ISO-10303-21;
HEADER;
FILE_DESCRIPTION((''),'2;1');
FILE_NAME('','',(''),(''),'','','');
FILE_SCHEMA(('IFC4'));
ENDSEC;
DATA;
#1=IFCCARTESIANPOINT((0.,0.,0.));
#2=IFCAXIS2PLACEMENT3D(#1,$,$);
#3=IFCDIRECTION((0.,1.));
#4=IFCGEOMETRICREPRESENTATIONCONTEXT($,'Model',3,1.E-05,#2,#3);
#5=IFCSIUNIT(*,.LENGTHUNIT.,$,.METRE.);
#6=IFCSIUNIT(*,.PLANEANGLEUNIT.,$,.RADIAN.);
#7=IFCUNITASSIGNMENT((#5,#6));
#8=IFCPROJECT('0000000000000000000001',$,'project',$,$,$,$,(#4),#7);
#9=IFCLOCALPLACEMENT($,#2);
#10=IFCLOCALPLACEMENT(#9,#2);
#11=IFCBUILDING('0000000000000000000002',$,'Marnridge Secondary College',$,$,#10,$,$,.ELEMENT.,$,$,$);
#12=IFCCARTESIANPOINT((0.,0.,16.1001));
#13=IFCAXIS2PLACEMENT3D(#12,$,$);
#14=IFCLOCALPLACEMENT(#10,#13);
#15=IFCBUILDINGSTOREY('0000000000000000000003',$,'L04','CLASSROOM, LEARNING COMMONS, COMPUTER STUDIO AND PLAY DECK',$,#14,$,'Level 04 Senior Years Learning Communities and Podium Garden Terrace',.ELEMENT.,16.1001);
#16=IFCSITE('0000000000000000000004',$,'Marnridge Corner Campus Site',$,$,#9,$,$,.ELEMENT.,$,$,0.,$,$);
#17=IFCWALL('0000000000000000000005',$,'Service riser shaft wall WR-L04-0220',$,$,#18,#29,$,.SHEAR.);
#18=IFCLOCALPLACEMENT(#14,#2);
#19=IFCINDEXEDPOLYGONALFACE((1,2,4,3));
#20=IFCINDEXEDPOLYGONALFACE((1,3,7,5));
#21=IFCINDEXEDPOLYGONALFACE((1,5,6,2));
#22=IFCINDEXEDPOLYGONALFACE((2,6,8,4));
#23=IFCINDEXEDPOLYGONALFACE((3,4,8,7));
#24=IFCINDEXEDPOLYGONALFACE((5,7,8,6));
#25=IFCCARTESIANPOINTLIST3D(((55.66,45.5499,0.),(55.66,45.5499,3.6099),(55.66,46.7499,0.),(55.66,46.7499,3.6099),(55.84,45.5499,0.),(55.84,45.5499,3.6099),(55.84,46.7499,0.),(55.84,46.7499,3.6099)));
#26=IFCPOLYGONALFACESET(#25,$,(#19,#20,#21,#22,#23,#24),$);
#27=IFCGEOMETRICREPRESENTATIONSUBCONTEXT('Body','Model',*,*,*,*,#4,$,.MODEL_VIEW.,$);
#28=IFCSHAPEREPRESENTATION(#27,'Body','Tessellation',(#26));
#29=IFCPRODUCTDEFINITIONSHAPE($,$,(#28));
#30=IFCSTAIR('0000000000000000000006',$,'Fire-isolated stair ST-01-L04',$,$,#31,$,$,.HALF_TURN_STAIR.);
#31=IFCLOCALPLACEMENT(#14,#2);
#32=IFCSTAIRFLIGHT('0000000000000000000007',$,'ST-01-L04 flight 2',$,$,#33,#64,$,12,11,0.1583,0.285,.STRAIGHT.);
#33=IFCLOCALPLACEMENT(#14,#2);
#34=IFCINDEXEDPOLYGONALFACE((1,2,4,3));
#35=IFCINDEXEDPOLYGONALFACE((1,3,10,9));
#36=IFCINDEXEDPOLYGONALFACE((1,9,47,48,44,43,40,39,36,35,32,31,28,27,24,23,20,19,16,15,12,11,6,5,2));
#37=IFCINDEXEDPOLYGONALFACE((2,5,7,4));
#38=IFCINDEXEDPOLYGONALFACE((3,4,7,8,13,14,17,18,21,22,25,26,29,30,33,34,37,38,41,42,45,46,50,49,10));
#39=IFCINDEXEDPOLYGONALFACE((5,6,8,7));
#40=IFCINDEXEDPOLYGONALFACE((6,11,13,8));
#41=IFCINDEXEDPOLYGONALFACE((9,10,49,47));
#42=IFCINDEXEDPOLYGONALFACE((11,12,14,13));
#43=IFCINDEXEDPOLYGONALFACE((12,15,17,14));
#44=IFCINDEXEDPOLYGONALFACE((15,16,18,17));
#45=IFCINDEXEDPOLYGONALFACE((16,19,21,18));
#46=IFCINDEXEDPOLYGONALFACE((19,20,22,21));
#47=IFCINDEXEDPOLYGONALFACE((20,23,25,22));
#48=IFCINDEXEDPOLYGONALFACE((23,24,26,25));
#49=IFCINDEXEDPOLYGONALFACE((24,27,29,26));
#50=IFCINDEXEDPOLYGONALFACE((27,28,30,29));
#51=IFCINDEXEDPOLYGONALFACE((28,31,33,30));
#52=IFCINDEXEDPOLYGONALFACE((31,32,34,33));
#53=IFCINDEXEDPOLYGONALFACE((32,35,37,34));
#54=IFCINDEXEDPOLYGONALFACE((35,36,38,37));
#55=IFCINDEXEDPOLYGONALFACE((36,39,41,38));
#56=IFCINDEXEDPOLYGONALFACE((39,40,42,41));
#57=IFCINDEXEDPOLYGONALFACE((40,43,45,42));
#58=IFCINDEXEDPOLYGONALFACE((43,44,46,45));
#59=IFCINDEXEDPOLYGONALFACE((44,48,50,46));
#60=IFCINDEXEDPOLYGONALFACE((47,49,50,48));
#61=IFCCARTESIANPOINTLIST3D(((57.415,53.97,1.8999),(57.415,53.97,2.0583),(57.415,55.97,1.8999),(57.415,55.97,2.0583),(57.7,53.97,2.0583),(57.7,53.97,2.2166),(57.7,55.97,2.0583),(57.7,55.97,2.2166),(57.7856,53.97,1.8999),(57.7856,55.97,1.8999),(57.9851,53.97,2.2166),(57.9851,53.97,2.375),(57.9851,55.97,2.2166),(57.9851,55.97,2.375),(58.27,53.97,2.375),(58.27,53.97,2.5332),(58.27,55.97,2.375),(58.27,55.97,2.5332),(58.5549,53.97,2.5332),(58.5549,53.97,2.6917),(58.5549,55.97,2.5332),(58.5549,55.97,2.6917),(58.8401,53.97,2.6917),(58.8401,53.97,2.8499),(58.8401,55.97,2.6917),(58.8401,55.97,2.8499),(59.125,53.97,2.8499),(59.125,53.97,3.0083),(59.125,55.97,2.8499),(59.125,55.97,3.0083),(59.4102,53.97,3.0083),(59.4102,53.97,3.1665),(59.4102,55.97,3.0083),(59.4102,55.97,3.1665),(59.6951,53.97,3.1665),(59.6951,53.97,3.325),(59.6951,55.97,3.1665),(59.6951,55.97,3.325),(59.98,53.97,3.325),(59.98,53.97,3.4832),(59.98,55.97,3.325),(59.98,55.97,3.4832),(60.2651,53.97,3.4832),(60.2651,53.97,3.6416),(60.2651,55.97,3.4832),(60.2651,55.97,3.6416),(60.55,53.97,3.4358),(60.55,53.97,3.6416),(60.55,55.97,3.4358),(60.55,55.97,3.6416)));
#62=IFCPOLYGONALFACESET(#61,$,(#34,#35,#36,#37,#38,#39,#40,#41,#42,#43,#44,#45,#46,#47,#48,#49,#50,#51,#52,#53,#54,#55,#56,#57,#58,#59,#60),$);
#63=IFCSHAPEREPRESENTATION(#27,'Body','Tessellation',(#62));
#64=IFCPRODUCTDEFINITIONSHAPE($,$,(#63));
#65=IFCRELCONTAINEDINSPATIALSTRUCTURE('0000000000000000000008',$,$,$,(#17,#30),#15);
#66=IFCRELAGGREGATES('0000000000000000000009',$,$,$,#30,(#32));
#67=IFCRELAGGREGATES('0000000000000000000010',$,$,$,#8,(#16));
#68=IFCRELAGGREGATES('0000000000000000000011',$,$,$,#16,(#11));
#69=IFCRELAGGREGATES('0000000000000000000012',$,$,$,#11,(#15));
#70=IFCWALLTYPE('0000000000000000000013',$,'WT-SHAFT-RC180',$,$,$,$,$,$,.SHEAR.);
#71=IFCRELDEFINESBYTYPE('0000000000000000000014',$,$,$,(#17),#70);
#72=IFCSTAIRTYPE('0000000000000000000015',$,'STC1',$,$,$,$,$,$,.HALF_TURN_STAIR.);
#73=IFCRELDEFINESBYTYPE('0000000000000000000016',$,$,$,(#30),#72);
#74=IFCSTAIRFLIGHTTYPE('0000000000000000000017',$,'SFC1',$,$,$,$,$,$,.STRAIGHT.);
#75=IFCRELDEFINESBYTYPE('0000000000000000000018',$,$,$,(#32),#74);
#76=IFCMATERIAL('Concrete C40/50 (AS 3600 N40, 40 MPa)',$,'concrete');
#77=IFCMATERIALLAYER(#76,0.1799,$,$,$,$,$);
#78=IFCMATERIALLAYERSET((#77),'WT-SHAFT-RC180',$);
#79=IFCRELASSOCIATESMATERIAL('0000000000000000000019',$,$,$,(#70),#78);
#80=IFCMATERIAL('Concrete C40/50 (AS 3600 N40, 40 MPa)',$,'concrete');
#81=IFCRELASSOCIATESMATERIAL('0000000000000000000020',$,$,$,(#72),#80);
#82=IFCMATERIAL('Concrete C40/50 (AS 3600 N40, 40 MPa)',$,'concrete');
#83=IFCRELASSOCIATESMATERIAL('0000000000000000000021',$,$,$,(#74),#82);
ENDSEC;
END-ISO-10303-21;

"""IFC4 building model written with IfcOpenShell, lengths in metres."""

from ifc_helpers import new_model, si_unit, direction, frame, frame_2d, origin, place, context, subcontext, project, spatial, polyline, rectangle, outline, extrude, material, layer, layer_set, type_object, element, aggregate, save


model = new_model("IFC4")

# Units and contexts
model_context = context("Model", 3, precision=1e-05, world=origin(), true_north=direction((0.0, 1.0)))
body_context = subcontext(model_context, "Body", "Model", "MODEL_VIEW")
ifc_project = project(units=[si_unit("LENGTHUNIT", "METRE"), si_unit("PLANEANGLEUNIT", "RADIAN")], contexts=[model_context])

# Site, building, storey
site_placement = place(None, origin())
site = spatial("IfcSite", under=ifc_project, at=site_placement, Name="Marnridge Corner Campus Site", CompositionType="ELEMENT", RefElevation=0.0)
building_placement = place(site_placement, origin())
building = spatial("IfcBuilding", under=site, at=building_placement, Name="Marnridge Secondary College", CompositionType="ELEMENT")
storey_placement = place(building_placement, frame((0.0, 0.0, 16.1001)))
storey = spatial("IfcBuildingStorey", under=building, at=storey_placement, Name="L04", Description="CLASSROOM, LEARNING COMMONS, COMPUTER STUDIO AND PLAY DECK", LongName="Level 04 Senior Years Learning Communities and Podium Garden Terrace", CompositionType="ELEMENT", Elevation=16.1001)

# Wall
ifc_material_1 = material(Name="Concrete C40/50 (AS 3600 N40, 40 MPa)", Category="concrete")
ifc_layer_1 = layer(ifc_material_1, 0.1799)
ifc_layer_set_1 = layer_set([ifc_layer_1], Name="WT-SHAFT-RC180")
wall_type_1 = type_object("IfcWallType", Name="WT-SHAFT-RC180", PredefinedType="SHEAR", material=ifc_layer_set_1)
for number, where, z_axis, x_axis, name in (
    (1, (55.75, 46.75, 0.0), (0.0, 0.0, 1.0), (0.0, -1.0, 0.0), "Service riser shaft wall WR-L04-0220"),
):
    element("IfcWall", number, at=place(storey_placement, frame(where, z_axis=z_axis, x_axis=x_axis)), inside=storey, type_object=wall_type_1, Name=name, PredefinedType="SHEAR", context=body_context, shape_type="SweptSolid", body=[
        extrude(rectangle(XDim=1.2, YDim=0.1799, at=frame_2d((0.6001, 0.0))), origin(), (0.0, 0.0, 1.0), 3.6099),
    ])

# Stair, stair flight
ifc_material_2 = material(Name="Concrete C40/50 (AS 3600 N40, 40 MPa)", Category="concrete")
stair_type = type_object("IfcStairType", Name="STC1", PredefinedType="HALF_TURN_STAIR", material=ifc_material_2)
stair_placement = place(storey_placement, origin())
stair = element("IfcStair", 2, at=stair_placement, inside=storey, type_object=stair_type, Name="Fire-isolated stair ST-01-L04", PredefinedType="HALF_TURN_STAIR")
ifc_material_3 = material(Name="Concrete C40/50 (AS 3600 N40, 40 MPa)", Category="concrete")
stair_flight_type = type_object("IfcStairFlightType", Name="SFC1", PredefinedType="STRAIGHT", material=ifc_material_3)
stair_flight_placement = place(storey_placement, frame((57.415, 54.97, 1.8999), z_axis=(0.0, 0.0, 1.0), x_axis=(1.0, 0.0, 0.0)))
stair_flight = element("IfcStairFlight", 3, at=stair_flight_placement, type_object=stair_flight_type, Name="ST-01-L04 flight 2", NumberOfRisers=12, NumberOfTreads=11, PredefinedType="STRAIGHT", RiserHeight=0.1583, TreadLength=0.285, context=body_context, shape_type="SweptSolid", body=[
    extrude(outline(polyline([(0.0, 0.0), (0.0, 0.1584), (0.2849, 0.1584), (0.2849, 0.3167), (0.5701, 0.3167), (0.5701, 0.4751), (0.855, 0.4751), (0.855, 0.6333), (1.1399, 0.6333), (1.1399, 0.7917), (1.425, 0.7917), (1.425, 0.95), (1.71, 0.95), (1.71, 1.1084), (1.9951, 1.1084), (1.9951, 1.2666), (2.28, 1.2666), (2.28, 1.425), (2.5649, 1.425), (2.5649, 1.5833), (2.8501, 1.5833), (2.8501, 1.7417), (3.135, 1.7417), (3.135, 1.8999), (3.135, 1.5359), (0.3706, 0.0), (0.0, 0.0)])), frame((0.0, 1.0, 0.0), z_axis=(0.0, -1.0, 0.0), x_axis=(1.0, 0.0, 0.0)), (0.0, 0.0, 1.0), 2.0),
])
aggregate(stair, [stair_flight])

save(model, "model.ifc")
